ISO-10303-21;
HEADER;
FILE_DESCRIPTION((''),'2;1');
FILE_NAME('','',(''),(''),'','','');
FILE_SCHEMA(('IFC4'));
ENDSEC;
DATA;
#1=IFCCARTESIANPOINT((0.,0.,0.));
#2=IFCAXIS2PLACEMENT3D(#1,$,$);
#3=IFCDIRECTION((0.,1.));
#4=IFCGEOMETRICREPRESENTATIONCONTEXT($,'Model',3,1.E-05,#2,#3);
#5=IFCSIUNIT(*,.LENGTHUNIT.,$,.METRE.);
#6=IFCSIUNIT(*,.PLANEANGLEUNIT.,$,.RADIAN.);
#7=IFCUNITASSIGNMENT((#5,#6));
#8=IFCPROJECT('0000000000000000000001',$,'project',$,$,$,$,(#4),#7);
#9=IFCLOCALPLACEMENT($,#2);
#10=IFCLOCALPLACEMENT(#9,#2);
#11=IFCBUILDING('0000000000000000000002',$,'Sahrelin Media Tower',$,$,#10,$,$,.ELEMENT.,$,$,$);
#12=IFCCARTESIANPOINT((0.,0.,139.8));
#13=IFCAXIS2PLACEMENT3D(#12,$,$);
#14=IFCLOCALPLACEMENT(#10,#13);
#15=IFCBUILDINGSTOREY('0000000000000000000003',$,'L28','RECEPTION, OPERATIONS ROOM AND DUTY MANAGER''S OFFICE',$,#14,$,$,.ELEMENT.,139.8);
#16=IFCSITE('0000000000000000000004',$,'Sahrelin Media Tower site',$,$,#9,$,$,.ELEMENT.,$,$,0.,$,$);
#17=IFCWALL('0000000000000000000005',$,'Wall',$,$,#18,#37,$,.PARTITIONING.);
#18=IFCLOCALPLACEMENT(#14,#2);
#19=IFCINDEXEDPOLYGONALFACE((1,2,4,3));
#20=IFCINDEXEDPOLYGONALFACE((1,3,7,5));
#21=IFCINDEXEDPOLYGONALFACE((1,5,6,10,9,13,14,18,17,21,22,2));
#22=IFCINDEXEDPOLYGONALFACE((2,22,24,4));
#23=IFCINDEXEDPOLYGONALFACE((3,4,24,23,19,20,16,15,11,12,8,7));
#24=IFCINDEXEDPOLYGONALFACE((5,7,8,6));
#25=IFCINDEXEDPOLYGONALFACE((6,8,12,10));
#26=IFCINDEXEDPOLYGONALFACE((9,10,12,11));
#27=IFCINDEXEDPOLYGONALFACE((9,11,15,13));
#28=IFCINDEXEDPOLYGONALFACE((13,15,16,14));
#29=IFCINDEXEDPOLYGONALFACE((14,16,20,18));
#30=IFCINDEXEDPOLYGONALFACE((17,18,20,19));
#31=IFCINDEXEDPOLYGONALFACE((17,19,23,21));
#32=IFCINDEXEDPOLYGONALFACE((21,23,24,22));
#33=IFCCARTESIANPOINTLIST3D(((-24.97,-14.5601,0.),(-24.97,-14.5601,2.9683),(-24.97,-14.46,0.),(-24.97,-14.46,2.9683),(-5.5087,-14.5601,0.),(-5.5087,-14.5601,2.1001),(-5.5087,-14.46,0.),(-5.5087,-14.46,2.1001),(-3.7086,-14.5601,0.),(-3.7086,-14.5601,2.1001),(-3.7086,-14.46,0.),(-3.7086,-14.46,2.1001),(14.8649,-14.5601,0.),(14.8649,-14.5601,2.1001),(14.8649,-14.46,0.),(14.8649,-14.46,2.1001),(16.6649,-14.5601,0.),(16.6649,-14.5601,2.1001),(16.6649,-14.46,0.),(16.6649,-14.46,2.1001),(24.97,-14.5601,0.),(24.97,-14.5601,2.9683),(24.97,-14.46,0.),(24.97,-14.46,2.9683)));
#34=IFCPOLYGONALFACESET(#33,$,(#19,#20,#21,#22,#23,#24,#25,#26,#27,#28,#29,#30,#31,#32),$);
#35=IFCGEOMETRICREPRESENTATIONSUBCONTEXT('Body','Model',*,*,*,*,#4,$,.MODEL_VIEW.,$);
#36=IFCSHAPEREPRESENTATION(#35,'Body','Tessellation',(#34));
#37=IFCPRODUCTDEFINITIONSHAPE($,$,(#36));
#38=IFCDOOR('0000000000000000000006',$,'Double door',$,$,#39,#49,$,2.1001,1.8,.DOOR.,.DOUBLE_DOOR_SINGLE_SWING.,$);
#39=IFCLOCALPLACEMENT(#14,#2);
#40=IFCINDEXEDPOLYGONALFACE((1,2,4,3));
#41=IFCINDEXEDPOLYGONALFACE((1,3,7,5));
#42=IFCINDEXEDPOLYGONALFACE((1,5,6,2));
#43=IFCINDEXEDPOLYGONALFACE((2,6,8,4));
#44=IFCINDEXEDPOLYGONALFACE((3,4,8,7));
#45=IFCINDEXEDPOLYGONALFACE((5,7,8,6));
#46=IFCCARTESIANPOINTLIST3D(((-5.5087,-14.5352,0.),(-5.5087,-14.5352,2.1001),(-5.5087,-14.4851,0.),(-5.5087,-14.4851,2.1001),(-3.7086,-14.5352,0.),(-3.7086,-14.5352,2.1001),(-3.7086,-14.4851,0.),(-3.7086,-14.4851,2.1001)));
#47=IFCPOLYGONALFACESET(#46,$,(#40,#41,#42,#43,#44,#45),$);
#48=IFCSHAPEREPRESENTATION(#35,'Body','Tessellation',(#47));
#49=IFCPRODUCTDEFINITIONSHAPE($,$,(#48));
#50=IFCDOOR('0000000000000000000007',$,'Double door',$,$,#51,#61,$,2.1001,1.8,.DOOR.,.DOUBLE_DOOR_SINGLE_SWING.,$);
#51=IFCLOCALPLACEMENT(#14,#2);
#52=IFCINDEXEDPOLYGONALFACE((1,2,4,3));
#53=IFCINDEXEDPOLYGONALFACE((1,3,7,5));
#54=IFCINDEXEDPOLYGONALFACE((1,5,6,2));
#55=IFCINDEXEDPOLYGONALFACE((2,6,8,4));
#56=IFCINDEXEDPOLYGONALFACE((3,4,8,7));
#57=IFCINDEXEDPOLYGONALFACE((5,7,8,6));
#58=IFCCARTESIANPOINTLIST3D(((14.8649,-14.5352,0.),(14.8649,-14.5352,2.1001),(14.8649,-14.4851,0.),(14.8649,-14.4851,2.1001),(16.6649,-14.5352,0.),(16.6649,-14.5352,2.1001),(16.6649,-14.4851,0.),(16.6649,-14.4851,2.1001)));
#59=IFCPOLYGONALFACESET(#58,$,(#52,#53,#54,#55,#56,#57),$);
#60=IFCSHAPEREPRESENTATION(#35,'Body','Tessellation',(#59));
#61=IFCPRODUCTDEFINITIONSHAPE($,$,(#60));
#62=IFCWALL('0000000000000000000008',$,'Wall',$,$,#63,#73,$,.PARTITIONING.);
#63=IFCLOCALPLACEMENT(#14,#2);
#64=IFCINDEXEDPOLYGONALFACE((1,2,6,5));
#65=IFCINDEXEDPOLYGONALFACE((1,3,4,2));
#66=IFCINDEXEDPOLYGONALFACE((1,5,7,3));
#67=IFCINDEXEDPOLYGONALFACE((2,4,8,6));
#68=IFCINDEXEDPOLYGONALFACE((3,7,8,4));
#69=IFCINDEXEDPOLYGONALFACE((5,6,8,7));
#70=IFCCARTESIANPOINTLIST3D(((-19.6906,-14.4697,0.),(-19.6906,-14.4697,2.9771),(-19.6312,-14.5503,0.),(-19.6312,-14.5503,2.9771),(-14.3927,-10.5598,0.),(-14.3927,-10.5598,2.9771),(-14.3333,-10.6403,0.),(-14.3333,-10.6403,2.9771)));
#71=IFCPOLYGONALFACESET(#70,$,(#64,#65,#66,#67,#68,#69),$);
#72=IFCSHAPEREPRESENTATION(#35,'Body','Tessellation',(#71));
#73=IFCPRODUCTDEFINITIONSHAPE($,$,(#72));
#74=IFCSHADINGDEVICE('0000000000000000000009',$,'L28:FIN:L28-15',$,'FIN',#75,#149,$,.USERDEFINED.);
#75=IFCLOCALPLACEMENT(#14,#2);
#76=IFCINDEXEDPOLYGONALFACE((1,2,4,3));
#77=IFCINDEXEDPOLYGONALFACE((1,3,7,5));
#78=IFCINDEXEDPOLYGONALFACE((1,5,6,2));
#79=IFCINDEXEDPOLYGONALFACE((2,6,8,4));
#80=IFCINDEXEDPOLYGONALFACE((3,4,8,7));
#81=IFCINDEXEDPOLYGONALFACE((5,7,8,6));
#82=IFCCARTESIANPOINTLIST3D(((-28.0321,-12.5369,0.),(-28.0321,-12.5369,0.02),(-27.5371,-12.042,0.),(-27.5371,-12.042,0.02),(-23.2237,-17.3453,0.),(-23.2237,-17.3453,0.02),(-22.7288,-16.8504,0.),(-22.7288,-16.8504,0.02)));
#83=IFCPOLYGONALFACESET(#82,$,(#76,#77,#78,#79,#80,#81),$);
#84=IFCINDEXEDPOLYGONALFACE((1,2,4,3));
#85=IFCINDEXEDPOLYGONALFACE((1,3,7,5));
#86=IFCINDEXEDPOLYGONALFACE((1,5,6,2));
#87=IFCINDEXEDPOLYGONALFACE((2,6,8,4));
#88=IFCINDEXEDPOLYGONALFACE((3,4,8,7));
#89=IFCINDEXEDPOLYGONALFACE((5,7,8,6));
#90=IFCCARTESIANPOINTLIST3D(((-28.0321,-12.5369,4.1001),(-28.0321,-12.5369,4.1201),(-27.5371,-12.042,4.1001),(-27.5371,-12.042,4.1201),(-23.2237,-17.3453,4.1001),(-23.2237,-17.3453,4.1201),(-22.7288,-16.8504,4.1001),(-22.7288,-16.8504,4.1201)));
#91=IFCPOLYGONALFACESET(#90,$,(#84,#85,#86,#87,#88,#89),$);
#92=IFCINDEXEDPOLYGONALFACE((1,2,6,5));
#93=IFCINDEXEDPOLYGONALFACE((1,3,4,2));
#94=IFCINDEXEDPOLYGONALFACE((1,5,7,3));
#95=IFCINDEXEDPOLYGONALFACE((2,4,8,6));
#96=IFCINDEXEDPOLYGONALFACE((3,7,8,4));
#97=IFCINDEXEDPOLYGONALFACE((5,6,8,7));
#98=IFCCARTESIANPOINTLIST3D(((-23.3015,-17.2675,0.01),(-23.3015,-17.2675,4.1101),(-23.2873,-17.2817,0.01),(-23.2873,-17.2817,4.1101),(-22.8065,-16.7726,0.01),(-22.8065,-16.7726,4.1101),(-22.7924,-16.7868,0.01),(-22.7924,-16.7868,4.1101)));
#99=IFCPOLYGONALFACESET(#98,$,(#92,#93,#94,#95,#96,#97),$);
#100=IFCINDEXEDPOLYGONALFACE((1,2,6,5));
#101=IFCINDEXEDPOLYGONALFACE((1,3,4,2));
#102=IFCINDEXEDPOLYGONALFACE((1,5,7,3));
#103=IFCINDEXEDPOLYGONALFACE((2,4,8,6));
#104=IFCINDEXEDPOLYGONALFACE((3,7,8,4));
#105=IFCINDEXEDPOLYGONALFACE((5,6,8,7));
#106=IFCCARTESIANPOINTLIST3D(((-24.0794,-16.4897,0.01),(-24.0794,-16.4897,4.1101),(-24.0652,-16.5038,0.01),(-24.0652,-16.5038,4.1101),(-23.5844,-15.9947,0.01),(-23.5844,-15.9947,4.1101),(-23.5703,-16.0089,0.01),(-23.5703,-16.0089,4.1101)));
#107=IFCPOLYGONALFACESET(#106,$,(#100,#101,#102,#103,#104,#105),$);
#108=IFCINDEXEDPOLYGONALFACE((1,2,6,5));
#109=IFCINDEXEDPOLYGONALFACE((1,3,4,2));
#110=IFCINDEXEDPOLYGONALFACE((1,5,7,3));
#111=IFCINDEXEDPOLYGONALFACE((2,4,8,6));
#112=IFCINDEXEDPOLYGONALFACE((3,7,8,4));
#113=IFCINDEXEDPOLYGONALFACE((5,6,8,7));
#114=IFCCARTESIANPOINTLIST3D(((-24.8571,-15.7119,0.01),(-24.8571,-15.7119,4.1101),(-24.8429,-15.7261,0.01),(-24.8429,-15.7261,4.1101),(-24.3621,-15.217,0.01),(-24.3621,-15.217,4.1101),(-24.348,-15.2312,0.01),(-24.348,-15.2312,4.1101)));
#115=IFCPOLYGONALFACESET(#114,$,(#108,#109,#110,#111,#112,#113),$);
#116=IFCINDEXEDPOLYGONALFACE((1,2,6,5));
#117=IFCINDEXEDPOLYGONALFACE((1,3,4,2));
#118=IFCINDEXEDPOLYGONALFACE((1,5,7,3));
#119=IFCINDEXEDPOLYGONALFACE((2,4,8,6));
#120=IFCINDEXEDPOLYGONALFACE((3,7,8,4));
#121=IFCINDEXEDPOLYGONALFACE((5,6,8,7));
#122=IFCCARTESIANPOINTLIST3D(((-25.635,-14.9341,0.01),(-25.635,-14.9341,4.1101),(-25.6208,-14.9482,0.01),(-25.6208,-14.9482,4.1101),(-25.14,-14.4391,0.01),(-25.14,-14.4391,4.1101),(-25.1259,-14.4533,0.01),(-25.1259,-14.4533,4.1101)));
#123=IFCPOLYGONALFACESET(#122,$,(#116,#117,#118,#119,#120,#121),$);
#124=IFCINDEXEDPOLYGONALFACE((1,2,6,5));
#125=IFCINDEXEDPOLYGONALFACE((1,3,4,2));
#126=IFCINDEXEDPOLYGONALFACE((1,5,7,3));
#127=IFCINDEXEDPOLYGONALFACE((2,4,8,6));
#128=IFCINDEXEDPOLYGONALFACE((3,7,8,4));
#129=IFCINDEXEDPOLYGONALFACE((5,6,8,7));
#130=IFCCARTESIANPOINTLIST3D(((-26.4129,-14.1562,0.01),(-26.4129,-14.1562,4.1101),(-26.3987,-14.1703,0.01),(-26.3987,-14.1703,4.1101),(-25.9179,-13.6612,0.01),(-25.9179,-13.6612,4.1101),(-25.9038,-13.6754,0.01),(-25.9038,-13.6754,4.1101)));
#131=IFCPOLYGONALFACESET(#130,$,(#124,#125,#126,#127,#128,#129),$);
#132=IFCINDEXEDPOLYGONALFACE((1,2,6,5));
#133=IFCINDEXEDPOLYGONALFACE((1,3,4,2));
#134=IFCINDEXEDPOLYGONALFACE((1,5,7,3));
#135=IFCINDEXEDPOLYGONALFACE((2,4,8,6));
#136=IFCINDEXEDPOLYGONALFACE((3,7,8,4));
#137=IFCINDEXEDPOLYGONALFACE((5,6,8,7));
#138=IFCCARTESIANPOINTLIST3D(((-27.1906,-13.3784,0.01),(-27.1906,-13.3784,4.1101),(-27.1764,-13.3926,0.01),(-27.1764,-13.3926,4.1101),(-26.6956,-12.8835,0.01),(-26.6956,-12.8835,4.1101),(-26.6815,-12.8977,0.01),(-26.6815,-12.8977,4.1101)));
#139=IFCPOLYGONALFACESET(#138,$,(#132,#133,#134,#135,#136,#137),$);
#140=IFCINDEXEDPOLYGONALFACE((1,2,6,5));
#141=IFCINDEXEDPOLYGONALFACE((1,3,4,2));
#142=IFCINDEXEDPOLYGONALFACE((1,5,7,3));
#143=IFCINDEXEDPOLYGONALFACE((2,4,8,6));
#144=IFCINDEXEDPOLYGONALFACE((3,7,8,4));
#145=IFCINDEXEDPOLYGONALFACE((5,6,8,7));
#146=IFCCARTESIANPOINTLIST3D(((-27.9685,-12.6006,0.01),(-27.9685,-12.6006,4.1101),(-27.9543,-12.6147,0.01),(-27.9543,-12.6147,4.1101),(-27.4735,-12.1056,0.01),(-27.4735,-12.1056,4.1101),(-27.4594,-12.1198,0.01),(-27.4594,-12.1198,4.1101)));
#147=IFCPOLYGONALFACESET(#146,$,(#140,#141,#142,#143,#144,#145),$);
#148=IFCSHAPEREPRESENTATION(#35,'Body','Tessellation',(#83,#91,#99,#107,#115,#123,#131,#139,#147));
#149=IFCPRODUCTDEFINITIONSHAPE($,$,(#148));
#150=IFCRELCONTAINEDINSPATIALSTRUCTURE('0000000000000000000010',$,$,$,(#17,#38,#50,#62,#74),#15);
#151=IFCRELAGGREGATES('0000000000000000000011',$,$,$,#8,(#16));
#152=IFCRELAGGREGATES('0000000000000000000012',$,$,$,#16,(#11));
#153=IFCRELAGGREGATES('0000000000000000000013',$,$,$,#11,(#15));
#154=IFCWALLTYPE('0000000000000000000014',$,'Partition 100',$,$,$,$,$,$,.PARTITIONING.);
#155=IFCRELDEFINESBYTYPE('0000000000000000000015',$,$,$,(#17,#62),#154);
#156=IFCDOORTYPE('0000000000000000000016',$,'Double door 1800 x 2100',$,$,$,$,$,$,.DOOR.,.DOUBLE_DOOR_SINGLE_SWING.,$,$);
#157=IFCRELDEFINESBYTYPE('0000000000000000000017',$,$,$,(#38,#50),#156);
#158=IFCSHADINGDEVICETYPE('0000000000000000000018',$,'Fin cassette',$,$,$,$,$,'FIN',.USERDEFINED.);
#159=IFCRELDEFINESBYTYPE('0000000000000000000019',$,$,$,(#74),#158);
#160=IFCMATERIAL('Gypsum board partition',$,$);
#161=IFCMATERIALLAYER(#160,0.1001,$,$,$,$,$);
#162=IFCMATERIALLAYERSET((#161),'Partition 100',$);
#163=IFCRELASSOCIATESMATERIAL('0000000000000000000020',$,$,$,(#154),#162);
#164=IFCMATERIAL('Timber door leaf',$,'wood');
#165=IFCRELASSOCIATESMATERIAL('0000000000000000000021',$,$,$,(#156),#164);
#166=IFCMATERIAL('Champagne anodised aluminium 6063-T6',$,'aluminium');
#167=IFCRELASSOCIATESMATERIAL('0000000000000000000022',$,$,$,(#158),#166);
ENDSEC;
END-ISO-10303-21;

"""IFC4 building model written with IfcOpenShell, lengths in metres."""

from ifc_helpers import new_model, si_unit, direction, frame, frame_2d, origin, origin_2d, place, context, subcontext, project, spatial, rectangle, extrude, material, layer, layer_set, type_object, element, fill, save


model = new_model("IFC4")

# Units and contexts
model_context = context("Model", 3, precision=1e-05, world=origin(), true_north=direction((0.0, 1.0)))
body_context = subcontext(model_context, "Body", "Model", "MODEL_VIEW")
ifc_project = project(units=[si_unit("LENGTHUNIT", "METRE"), si_unit("PLANEANGLEUNIT", "RADIAN")], contexts=[model_context])

# Site, building, storey
site_placement = place(None, origin())
site = spatial("IfcSite", under=ifc_project, at=site_placement, Name="Sahrelin Media Tower site", CompositionType="ELEMENT", RefElevation=0.0)
building_placement = place(site_placement, origin())
building = spatial("IfcBuilding", under=site, at=building_placement, Name="Sahrelin Media Tower", CompositionType="ELEMENT")
storey_placement = place(building_placement, frame((0.0, 0.0, 139.8)))
storey = spatial("IfcBuildingStorey", under=building, at=storey_placement, Name="L28", Description="RECEPTION, OPERATIONS ROOM AND DUTY MANAGER'S OFFICE", CompositionType="ELEMENT", Elevation=139.8)

# Shared definitions
ifc_material_1 = material(Name="Champagne anodised aluminium 6063-T6", Category="aluminium")

# Wall, openings, doors
ifc_material_2 = material(Name="Gypsum board partition")
ifc_layer_1 = layer(ifc_material_2, 0.1001)
ifc_layer_set_1 = layer_set([ifc_layer_1], Name="Partition 100")
wall_type_1 = type_object("IfcWallType", Name="Partition 100", PredefinedType="PARTITIONING", material=ifc_layer_set_1)
wall_1_placement = place(storey_placement, frame((-24.97, -14.51, 0.0), z_axis=(0.0, 0.0, 1.0), x_axis=(1.0, 0.0, 0.0)))
wall_1 = element("IfcWall", 1, at=wall_1_placement, inside=storey, type_object=wall_type_1, Name="Wall", PredefinedType="PARTITIONING", context=body_context, shape_type="SweptSolid", body=[
    extrude(rectangle(XDim=49.9399, YDim=0.1001, at=frame_2d((24.97, 0.0))), origin(), (0.0, 0.0, 1.0), 2.9683),
])
opening_1_placement = place(wall_1_placement, frame((19.4614, 0.0, 0.0)))
opening_1 = element("IfcOpeningElement", 2, at=opening_1_placement, cuts=wall_1, PredefinedType="OPENING", context=body_context, shape_type="SweptSolid", body=[
    extrude(rectangle(XDim=1.8, YDim=2.1001, at=frame_2d((0.8999, 1.05))), frame((0.0, 0.05, 0.0), z_axis=(0.0, -1.0, 0.0), x_axis=(1.0, 0.0, 0.0)), (0.0, 0.0, 1.0), 0.1001),
])
opening_2_placement = place(wall_1_placement, frame((39.835, 0.0, 0.0)))
opening_2 = element("IfcOpeningElement", 3, at=opening_2_placement, cuts=wall_1, PredefinedType="OPENING", context=body_context, shape_type="SweptSolid", body=[
    extrude(rectangle(XDim=1.8, YDim=2.1001, at=frame_2d((0.8999, 1.05))), frame((0.0, 0.05, 0.0), z_axis=(0.0, -1.0, 0.0), x_axis=(1.0, 0.0, 0.0)), (0.0, 0.0, 1.0), 0.1001),
])
ifc_material_3 = material(Name="Timber door leaf", Category="wood")
door_type_1 = type_object("IfcDoorType", Name="Double door 1800 x 2100", OperationType="DOUBLE_DOOR_SINGLE_SWING", PredefinedType="DOOR", material=ifc_material_3)
door_1_placement = place(opening_1_placement, origin())
door_1 = element("IfcDoor", 4, at=door_1_placement, inside=storey, type_object=door_type_1, Name="Double door", OperationType="DOUBLE_DOOR_SINGLE_SWING", OverallHeight=2.1001, OverallWidth=1.8, PredefinedType="DOOR", context=body_context, shape_type="SweptSolid", body=[
    extrude(rectangle(XDim=1.8, YDim=2.1001, at=frame_2d((0.8999, 1.05))), frame((0.0, 0.0249, 0.0), z_axis=(0.0, -1.0, 0.0), x_axis=(1.0, 0.0, 0.0)), (0.0, 0.0, 1.0), 0.05),
])
fill(opening_1, door_1)
door_2_placement = place(opening_2_placement, origin())
door_2 = element("IfcDoor", 5, at=door_2_placement, inside=storey, type_object=door_type_1, Name="Double door", OperationType="DOUBLE_DOOR_SINGLE_SWING", OverallHeight=2.1001, OverallWidth=1.8, PredefinedType="DOOR", context=body_context, shape_type="SweptSolid", body=[
    extrude(rectangle(XDim=1.8, YDim=2.1001, at=frame_2d((0.8999, 1.05))), frame((0.0, 0.0249, 0.0), z_axis=(0.0, -1.0, 0.0), x_axis=(1.0, 0.0, 0.0)), (0.0, 0.0, 1.0), 0.05),
])
fill(opening_2, door_2)

# Wall
wall_2_placement = place(storey_placement, frame((-19.6609, -14.51, 0.0), z_axis=(0.0, 0.0, 1.0), x_axis=(0.804604, 0.593812, 0.0)))
element("IfcWall", 6, at=wall_2_placement, inside=storey, type_object=wall_type_1, Name="Wall", PredefinedType="PARTITIONING", context=body_context, shape_type="SweptSolid", body=[
    extrude(rectangle(XDim=6.5845, YDim=0.1001, at=frame_2d((3.2922, 0.0))), origin(), (0.0, 0.0, 1.0), 2.9771),
])

# Shading device
shading_device_type_1 = type_object("IfcShadingDeviceType", Name="Fin cassette", ElementType="FIN", PredefinedType="USERDEFINED", material=ifc_material_1)
placement_1 = place(storey_placement, frame((-25.0835, -14.3967, 0.0), z_axis=(0.0, 0.0, 1.0), x_axis=(-0.707107, 0.707107, 0.0)))
element("IfcShadingDevice", 7, at=placement_1, inside=storey, type_object=shading_device_type_1, Name="L28:FIN:L28-15", ObjectType="FIN", PredefinedType="USERDEFINED", context=body_context, shape_type="SweptSolid", body=[
    extrude(rectangle(XDim=6.8, YDim=0.7, at=origin_2d()), frame((0.0, 0.4199, 0.0)), (0.0, 0.0, 1.0), 0.02),
    extrude(rectangle(XDim=6.8, YDim=0.7, at=origin_2d()), frame((0.0, 0.4199, 4.1001)), (0.0, 0.0, 1.0), 0.02),
    extrude(rectangle(XDim=0.02, YDim=0.7, at=origin_2d()), frame((-3.3, 0.4199, 0.01), z_axis=(0.0, 0.0, 1.0), x_axis=(1.0, 0.0, 0.0)), (0.0, 0.0, 1.0), 4.1001),
    extrude(rectangle(XDim=0.02, YDim=0.7, at=origin_2d()), frame((-2.2, 0.4199, 0.01), z_axis=(0.0, 0.0, 1.0), x_axis=(1.0, 0.0, 0.0)), (0.0, 0.0, 1.0), 4.1001),
    extrude(rectangle(XDim=0.02, YDim=0.7, at=origin_2d()), frame((-1.1001, 0.4199, 0.01), z_axis=(0.0, 0.0, 1.0), x_axis=(1.0, 0.0, 0.0)), (0.0, 0.0, 1.0), 4.1001),
    extrude(rectangle(XDim=0.02, YDim=0.7, at=origin_2d()), frame((0.0, 0.4199, 0.01), z_axis=(0.0, 0.0, 1.0), x_axis=(1.0, 0.0, 0.0)), (0.0, 0.0, 1.0), 4.1001),
    extrude(rectangle(XDim=0.02, YDim=0.7, at=origin_2d()), frame((1.1001, 0.4199, 0.01), z_axis=(0.0, 0.0, 1.0), x_axis=(1.0, 0.0, 0.0)), (0.0, 0.0, 1.0), 4.1001),
    extrude(rectangle(XDim=0.02, YDim=0.7, at=origin_2d()), frame((2.2, 0.4199, 0.01), z_axis=(0.0, 0.0, 1.0), x_axis=(1.0, 0.0, 0.0)), (0.0, 0.0, 1.0), 4.1001),
    extrude(rectangle(XDim=0.02, YDim=0.7, at=origin_2d()), frame((3.3, 0.4199, 0.01), z_axis=(0.0, 0.0, 1.0), x_axis=(1.0, 0.0, 0.0)), (0.0, 0.0, 1.0), 4.1001),
])

save(model, "model.ifc")
